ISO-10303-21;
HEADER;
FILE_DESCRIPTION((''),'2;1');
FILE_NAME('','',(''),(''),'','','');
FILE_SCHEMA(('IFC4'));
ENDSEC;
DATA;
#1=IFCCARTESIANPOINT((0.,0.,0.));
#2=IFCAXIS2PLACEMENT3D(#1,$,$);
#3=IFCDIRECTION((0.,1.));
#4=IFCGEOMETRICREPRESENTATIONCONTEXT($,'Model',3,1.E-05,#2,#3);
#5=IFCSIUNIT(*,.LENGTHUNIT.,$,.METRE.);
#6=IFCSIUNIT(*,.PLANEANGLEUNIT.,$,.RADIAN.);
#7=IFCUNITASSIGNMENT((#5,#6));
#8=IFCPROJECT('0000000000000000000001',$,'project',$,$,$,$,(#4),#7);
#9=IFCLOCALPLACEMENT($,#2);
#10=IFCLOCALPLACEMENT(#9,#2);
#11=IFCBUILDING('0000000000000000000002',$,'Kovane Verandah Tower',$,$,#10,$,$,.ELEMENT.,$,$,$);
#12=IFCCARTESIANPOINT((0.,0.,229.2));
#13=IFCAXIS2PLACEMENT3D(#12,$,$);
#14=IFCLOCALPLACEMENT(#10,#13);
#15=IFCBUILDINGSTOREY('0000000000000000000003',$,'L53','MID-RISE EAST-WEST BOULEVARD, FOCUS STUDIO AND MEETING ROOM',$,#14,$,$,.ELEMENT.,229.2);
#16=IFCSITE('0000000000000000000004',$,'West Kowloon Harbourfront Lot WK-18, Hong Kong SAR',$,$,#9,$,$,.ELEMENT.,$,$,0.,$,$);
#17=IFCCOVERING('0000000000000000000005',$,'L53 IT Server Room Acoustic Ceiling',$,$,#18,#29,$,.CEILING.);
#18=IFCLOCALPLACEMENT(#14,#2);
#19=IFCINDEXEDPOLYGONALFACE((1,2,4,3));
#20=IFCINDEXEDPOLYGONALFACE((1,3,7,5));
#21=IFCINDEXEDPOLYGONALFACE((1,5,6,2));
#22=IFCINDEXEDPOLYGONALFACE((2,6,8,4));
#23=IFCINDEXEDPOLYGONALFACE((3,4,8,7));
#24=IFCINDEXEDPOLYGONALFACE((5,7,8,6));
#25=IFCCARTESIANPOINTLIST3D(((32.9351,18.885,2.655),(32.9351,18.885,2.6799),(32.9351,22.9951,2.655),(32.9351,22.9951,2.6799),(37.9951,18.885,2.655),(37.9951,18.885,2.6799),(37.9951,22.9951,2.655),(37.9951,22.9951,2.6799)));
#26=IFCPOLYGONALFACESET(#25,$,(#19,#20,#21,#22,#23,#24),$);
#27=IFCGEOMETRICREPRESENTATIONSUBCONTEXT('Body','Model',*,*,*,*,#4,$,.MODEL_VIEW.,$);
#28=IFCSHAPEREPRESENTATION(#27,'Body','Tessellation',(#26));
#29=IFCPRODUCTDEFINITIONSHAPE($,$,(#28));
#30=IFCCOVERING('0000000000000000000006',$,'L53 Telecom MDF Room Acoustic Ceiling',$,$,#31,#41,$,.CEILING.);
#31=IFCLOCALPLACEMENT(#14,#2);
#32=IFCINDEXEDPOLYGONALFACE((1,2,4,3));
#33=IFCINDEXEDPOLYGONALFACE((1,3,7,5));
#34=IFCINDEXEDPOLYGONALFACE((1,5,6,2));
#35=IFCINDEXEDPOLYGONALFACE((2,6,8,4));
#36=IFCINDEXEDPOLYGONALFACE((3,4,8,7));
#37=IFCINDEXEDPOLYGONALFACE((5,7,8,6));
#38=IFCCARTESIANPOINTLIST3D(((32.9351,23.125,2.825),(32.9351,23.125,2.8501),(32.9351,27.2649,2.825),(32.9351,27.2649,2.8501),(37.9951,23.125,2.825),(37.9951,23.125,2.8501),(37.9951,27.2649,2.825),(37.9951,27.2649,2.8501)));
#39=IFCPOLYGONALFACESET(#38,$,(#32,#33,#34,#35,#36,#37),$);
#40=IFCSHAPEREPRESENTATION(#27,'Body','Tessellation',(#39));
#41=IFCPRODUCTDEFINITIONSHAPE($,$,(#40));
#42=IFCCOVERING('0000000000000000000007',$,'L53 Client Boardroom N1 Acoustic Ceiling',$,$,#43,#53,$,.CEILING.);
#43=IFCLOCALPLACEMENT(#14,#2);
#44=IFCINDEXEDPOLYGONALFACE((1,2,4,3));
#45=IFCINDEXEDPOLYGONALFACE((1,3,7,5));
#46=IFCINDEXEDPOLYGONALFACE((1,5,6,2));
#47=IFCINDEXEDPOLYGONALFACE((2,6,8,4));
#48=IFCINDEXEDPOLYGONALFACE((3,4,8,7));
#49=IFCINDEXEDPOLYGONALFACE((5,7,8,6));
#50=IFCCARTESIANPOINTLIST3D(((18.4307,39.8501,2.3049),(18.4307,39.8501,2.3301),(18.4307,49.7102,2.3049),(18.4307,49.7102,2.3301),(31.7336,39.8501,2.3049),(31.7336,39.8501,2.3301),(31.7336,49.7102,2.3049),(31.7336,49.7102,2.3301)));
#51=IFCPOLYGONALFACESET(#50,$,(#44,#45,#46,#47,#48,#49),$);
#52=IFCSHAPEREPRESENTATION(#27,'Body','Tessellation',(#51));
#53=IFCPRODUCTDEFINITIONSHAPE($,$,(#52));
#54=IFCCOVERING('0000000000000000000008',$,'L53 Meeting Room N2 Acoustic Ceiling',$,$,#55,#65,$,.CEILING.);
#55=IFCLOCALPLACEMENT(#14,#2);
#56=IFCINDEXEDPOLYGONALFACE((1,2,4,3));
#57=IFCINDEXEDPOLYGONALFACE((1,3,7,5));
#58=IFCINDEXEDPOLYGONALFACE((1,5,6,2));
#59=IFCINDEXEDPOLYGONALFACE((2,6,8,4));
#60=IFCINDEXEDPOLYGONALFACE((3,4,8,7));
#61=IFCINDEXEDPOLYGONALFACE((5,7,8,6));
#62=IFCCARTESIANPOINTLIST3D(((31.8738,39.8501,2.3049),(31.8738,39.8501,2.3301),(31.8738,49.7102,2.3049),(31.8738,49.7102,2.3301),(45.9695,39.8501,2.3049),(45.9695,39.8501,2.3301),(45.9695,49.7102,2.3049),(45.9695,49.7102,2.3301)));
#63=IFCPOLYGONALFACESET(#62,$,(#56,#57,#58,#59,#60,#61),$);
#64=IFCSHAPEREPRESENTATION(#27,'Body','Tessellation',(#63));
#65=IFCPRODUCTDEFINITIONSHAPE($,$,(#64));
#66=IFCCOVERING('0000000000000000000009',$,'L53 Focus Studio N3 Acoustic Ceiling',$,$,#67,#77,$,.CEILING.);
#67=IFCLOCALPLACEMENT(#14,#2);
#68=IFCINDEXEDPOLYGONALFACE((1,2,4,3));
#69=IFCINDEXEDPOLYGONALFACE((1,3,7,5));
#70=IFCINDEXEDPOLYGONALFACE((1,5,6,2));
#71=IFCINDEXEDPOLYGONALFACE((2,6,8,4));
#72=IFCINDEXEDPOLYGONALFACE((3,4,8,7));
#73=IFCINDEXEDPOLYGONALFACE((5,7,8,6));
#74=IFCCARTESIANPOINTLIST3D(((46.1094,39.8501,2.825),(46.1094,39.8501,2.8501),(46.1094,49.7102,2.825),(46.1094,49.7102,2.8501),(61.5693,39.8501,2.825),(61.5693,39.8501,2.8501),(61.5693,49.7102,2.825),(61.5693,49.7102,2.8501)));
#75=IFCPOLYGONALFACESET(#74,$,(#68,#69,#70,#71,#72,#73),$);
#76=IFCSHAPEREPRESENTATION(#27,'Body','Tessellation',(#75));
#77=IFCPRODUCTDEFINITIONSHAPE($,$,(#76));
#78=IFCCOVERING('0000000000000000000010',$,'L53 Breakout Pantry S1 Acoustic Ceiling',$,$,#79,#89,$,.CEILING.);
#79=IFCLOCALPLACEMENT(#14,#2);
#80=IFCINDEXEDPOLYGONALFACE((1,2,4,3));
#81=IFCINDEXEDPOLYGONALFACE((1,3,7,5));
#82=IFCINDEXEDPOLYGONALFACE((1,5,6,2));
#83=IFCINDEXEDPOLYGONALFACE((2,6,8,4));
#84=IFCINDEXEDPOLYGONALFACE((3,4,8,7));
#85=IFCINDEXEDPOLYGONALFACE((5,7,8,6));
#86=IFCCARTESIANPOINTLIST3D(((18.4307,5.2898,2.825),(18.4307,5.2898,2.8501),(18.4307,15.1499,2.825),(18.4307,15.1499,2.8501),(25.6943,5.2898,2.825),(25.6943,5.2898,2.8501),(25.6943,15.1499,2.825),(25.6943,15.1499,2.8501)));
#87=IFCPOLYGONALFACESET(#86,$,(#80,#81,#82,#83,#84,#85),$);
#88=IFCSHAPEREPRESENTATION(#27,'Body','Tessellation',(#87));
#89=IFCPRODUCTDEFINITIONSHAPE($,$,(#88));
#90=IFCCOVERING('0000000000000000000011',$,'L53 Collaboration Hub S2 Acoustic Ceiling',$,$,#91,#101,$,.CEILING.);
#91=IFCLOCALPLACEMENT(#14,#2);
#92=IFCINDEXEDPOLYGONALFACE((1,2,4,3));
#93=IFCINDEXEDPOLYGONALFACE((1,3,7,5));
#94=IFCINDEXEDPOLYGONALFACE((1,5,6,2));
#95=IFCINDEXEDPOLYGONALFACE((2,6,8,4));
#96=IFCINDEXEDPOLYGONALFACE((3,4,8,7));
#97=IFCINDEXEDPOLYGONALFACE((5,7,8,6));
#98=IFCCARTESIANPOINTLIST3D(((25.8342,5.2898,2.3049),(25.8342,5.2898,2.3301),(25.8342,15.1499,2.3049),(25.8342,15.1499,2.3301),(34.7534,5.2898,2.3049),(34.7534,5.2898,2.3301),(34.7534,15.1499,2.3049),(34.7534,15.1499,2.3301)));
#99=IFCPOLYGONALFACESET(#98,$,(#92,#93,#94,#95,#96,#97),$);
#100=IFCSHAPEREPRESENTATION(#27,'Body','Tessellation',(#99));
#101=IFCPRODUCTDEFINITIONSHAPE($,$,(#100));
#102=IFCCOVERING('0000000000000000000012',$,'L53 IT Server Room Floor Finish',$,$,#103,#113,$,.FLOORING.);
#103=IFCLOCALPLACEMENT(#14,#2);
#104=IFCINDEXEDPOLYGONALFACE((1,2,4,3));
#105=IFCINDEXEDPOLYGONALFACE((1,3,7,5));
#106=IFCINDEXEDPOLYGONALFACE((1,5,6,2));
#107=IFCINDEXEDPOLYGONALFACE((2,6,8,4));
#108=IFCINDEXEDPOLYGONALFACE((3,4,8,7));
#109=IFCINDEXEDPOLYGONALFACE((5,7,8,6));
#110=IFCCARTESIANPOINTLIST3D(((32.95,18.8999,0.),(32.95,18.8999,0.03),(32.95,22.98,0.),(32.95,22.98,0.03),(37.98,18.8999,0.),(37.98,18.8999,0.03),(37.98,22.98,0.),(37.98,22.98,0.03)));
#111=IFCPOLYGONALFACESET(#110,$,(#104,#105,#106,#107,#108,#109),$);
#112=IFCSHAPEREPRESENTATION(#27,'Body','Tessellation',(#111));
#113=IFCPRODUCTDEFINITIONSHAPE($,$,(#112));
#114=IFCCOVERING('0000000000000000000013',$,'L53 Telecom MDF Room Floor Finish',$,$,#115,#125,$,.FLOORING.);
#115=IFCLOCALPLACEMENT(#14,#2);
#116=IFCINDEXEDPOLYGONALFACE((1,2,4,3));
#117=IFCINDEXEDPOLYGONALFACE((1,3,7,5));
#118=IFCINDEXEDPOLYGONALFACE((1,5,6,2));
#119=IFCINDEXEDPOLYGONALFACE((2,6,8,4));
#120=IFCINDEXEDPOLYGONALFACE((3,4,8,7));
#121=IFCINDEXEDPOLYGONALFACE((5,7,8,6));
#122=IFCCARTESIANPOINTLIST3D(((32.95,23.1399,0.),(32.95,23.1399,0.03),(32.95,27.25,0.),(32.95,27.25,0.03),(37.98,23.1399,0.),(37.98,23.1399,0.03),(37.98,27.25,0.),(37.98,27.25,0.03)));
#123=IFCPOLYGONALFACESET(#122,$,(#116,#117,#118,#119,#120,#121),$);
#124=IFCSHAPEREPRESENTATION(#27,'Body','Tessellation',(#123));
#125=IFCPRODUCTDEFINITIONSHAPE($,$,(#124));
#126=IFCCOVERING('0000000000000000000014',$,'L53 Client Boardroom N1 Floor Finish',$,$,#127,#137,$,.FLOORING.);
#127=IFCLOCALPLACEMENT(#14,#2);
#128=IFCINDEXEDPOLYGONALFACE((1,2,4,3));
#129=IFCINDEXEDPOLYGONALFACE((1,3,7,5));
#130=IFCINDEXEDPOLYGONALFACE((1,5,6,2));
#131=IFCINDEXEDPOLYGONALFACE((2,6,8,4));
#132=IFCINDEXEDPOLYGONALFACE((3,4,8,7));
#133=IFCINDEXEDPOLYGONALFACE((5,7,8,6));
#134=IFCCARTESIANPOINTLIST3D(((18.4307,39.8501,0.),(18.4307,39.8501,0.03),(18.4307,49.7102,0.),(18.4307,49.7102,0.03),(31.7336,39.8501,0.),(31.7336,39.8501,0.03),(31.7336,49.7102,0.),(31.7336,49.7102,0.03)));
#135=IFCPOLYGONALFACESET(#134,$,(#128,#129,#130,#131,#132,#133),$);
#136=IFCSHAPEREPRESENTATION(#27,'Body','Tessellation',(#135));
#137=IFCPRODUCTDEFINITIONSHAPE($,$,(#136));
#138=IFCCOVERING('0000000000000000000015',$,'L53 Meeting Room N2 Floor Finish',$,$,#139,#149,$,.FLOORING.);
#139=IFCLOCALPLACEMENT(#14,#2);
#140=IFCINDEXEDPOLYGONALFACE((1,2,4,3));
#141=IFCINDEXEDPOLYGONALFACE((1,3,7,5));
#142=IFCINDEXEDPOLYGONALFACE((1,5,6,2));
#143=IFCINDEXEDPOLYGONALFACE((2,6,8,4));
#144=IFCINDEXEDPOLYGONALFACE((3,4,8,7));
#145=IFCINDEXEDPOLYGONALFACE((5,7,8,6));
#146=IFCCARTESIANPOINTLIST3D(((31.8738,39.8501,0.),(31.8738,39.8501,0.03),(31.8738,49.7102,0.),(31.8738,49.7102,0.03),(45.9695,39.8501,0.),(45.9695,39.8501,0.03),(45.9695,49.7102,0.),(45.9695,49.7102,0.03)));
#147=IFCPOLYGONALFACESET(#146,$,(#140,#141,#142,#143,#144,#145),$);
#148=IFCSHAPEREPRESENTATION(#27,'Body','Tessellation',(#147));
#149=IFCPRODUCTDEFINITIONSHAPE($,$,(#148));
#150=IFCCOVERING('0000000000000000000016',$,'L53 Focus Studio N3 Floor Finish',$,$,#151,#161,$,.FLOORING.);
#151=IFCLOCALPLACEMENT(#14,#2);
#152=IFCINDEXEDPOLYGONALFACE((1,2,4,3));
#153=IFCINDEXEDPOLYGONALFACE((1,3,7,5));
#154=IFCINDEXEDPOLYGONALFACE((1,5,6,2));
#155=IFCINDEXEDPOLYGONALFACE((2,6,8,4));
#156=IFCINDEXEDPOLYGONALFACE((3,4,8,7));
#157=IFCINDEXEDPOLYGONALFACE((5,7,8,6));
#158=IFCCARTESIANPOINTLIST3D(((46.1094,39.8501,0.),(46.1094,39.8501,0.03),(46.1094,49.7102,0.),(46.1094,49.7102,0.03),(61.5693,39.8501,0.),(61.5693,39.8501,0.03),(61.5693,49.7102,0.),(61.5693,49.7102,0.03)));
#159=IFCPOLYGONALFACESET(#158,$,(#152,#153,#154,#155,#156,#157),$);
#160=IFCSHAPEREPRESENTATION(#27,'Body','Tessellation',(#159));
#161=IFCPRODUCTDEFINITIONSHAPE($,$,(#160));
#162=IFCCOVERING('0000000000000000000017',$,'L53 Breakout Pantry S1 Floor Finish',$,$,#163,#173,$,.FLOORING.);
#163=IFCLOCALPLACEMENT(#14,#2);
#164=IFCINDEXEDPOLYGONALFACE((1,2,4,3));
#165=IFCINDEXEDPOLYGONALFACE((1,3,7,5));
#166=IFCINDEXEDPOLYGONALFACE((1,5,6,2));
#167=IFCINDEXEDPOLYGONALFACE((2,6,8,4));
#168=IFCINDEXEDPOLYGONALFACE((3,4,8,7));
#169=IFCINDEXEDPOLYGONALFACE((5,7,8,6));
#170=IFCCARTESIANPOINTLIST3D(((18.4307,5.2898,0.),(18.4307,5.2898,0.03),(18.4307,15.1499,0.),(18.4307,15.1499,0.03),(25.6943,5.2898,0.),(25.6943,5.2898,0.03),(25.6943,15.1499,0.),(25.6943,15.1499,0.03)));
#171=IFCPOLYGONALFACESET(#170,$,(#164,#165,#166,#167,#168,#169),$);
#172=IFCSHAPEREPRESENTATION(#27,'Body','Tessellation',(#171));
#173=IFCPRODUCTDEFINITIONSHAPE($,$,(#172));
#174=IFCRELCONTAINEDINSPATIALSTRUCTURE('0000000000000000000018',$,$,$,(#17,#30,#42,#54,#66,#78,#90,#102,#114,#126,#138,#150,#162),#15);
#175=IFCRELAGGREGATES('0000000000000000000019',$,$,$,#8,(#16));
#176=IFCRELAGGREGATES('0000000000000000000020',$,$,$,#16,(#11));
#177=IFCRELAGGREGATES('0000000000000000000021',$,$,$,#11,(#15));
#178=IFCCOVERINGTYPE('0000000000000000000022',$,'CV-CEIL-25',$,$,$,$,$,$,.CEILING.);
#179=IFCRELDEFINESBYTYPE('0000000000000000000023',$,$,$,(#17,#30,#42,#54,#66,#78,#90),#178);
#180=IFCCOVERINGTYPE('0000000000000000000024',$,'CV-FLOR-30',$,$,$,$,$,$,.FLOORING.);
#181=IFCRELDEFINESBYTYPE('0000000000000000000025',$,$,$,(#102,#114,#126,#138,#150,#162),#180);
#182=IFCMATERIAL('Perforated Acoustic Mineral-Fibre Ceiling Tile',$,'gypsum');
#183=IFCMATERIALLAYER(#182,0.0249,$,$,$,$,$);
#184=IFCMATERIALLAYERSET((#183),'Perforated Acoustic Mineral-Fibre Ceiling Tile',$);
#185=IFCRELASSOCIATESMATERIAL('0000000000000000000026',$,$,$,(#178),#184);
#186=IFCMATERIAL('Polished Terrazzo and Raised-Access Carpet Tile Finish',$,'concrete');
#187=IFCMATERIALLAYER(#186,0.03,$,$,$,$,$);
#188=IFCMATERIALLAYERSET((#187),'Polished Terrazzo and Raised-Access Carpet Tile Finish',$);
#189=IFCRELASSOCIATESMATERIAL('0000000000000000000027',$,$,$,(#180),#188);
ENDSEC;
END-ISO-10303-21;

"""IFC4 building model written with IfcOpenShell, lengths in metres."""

from ifc_helpers import new_model, si_unit, direction, frame, origin, place, context, subcontext, project, spatial, polyline, outline, extrude, material, layer, layer_set, type_object, element, save


model = new_model("IFC4")

# Units and contexts
model_context = context("Model", 3, precision=1e-05, world=origin(), true_north=direction((0.0, 1.0)))
body_context = subcontext(model_context, "Body", "Model", "MODEL_VIEW")
ifc_project = project(units=[si_unit("LENGTHUNIT", "METRE"), si_unit("PLANEANGLEUNIT", "RADIAN")], contexts=[model_context])

# Site, building, storey
site_placement = place(None, origin())
site = spatial("IfcSite", under=ifc_project, at=site_placement, Name="West Kowloon Harbourfront Lot WK-18, Hong Kong SAR", CompositionType="ELEMENT", RefElevation=0.0)
building_placement = place(site_placement, origin())
building = spatial("IfcBuilding", under=site, at=building_placement, Name="Kovane Verandah Tower", CompositionType="ELEMENT")
storey_placement = place(building_placement, frame((0.0, 0.0, 229.2)))
storey = spatial("IfcBuildingStorey", under=building, at=storey_placement, Name="L53", Description="MID-RISE EAST-WEST BOULEVARD, FOCUS STUDIO AND MEETING ROOM", CompositionType="ELEMENT", Elevation=229.2)

# Coverings
ifc_material_1 = material(Name="Perforated Acoustic Mineral-Fibre Ceiling Tile", Category="gypsum")
ifc_layer_1 = layer(ifc_material_1, 0.0249)
ifc_layer_set_1 = layer_set([ifc_layer_1], Name="Perforated Acoustic Mineral-Fibre Ceiling Tile")
covering_type_1 = type_object("IfcCoveringType", Name="CV-CEIL-25", PredefinedType="CEILING", material=ifc_layer_set_1)
covering_1_placement = place(storey_placement, frame((0.0, 0.0, 2.655)))
element("IfcCovering", 1, at=covering_1_placement, inside=storey, type_object=covering_type_1, Name="L53 IT Server Room Acoustic Ceiling", PredefinedType="CEILING", context=body_context, shape_type="SweptSolid", body=[
    extrude(outline(polyline([(32.9351, 18.885), (37.9951, 18.885), (37.9951, 22.9951), (32.9351, 22.9951), (32.9351, 18.885)])), origin(), (0.0, 0.0, 1.0), 0.0249),
])
covering_2_placement = place(storey_placement, frame((0.0, 0.0, 2.825)))
element("IfcCovering", 2, at=covering_2_placement, inside=storey, type_object=covering_type_1, Name="L53 Telecom MDF Room Acoustic Ceiling", PredefinedType="CEILING", context=body_context, shape_type="SweptSolid", body=[
    extrude(outline(polyline([(32.9351, 23.125), (37.9951, 23.125), (37.9951, 27.2649), (32.9351, 27.2649), (32.9351, 23.125)])), origin(), (0.0, 0.0, 1.0), 0.0251),
])
covering_3_placement = place(storey_placement, frame((0.0, 0.0, 2.3049)))
element("IfcCovering", 3, at=covering_3_placement, inside=storey, type_object=covering_type_1, Name="L53 Client Boardroom N1 Acoustic Ceiling", PredefinedType="CEILING", context=body_context, shape_type="SweptSolid", body=[
    extrude(outline(polyline([(18.4307, 39.8501), (31.7336, 39.8501), (31.7336, 49.7102), (18.4307, 49.7102), (18.4307, 39.8501)])), origin(), (0.0, 0.0, 1.0), 0.0251),
])
covering_4_placement = place(storey_placement, frame((0.0, 0.0, 2.3049)))
element("IfcCovering", 4, at=covering_4_placement, inside=storey, type_object=covering_type_1, Name="L53 Meeting Room N2 Acoustic Ceiling", PredefinedType="CEILING", context=body_context, shape_type="SweptSolid", body=[
    extrude(outline(polyline([(31.8738, 39.8501), (45.9695, 39.8501), (45.9695, 49.7102), (31.8738, 49.7102), (31.8738, 39.8501)])), origin(), (0.0, 0.0, 1.0), 0.0251),
])
covering_5_placement = place(storey_placement, frame((0.0, 0.0, 2.825)))
element("IfcCovering", 5, at=covering_5_placement, inside=storey, type_object=covering_type_1, Name="L53 Focus Studio N3 Acoustic Ceiling", PredefinedType="CEILING", context=body_context, shape_type="SweptSolid", body=[
    extrude(outline(polyline([(46.1094, 39.8501), (61.5693, 39.8501), (61.5693, 49.7102), (46.1094, 49.7102), (46.1094, 39.8501)])), origin(), (0.0, 0.0, 1.0), 0.0251),
])
covering_6_placement = place(storey_placement, frame((0.0, 0.0, 2.825)))
element("IfcCovering", 6, at=covering_6_placement, inside=storey, type_object=covering_type_1, Name="L53 Breakout Pantry S1 Acoustic Ceiling", PredefinedType="CEILING", context=body_context, shape_type="SweptSolid", body=[
    extrude(outline(polyline([(18.4307, 5.2898), (25.6943, 5.2898), (25.6943, 15.1499), (18.4307, 15.1499), (18.4307, 5.2898)])), origin(), (0.0, 0.0, 1.0), 0.0251),
])
covering_7_placement = place(storey_placement, frame((0.0, 0.0, 2.3049)))
element("IfcCovering", 7, at=covering_7_placement, inside=storey, type_object=covering_type_1, Name="L53 Collaboration Hub S2 Acoustic Ceiling", PredefinedType="CEILING", context=body_context, shape_type="SweptSolid", body=[
    extrude(outline(polyline([(25.8342, 5.2898), (34.7534, 5.2898), (34.7534, 15.1499), (25.8342, 15.1499), (25.8342, 5.2898)])), origin(), (0.0, 0.0, 1.0), 0.0251),
])
ifc_material_2 = material(Name="Polished Terrazzo and Raised-Access Carpet Tile Finish", Category="concrete")
ifc_layer_2 = layer(ifc_material_2, 0.03)
ifc_layer_set_2 = layer_set([ifc_layer_2], Name="Polished Terrazzo and Raised-Access Carpet Tile Finish")
covering_type_2 = type_object("IfcCoveringType", Name="CV-FLOR-30", PredefinedType="FLOORING", material=ifc_layer_set_2)
covering_8_placement = place(storey_placement, origin())
element("IfcCovering", 8, at=covering_8_placement, inside=storey, type_object=covering_type_2, Name="L53 IT Server Room Floor Finish", PredefinedType="FLOORING", context=body_context, shape_type="SweptSolid", body=[
    extrude(outline(polyline([(32.95, 18.8999), (37.98, 18.8999), (37.98, 22.98), (32.95, 22.98), (32.95, 18.8999)])), origin(), (0.0, 0.0, 1.0), 0.03),
])
covering_9_placement = place(storey_placement, origin())
element("IfcCovering", 9, at=covering_9_placement, inside=storey, type_object=covering_type_2, Name="L53 Telecom MDF Room Floor Finish", PredefinedType="FLOORING", context=body_context, shape_type="SweptSolid", body=[
    extrude(outline(polyline([(32.95, 23.1399), (37.98, 23.1399), (37.98, 27.25), (32.95, 27.25), (32.95, 23.1399)])), origin(), (0.0, 0.0, 1.0), 0.03),
])
covering_10_placement = place(storey_placement, origin())
element("IfcCovering", 10, at=covering_10_placement, inside=storey, type_object=covering_type_2, Name="L53 Client Boardroom N1 Floor Finish", PredefinedType="FLOORING", context=body_context, shape_type="SweptSolid", body=[
    extrude(outline(polyline([(18.4307, 39.8501), (31.7336, 39.8501), (31.7336, 49.7102), (18.4307, 49.7102), (18.4307, 39.8501)])), origin(), (0.0, 0.0, 1.0), 0.03),
])
covering_11_placement = place(storey_placement, origin())
element("IfcCovering", 11, at=covering_11_placement, inside=storey, type_object=covering_type_2, Name="L53 Meeting Room N2 Floor Finish", PredefinedType="FLOORING", context=body_context, shape_type="SweptSolid", body=[
    extrude(outline(polyline([(31.8738, 39.8501), (45.9695, 39.8501), (45.9695, 49.7102), (31.8738, 49.7102), (31.8738, 39.8501)])), origin(), (0.0, 0.0, 1.0), 0.03),
])
covering_12_placement = place(storey_placement, origin())
element("IfcCovering", 12, at=covering_12_placement, inside=storey, type_object=covering_type_2, Name="L53 Focus Studio N3 Floor Finish", PredefinedType="FLOORING", context=body_context, shape_type="SweptSolid", body=[
    extrude(outline(polyline([(46.1094, 39.8501), (61.5693, 39.8501), (61.5693, 49.7102), (46.1094, 49.7102), (46.1094, 39.8501)])), origin(), (0.0, 0.0, 1.0), 0.03),
])
covering_13_placement = place(storey_placement, origin())
element("IfcCovering", 13, at=covering_13_placement, inside=storey, type_object=covering_type_2, Name="L53 Breakout Pantry S1 Floor Finish", PredefinedType="FLOORING", context=body_context, shape_type="SweptSolid", body=[
    extrude(outline(polyline([(18.4307, 5.2898), (25.6943, 5.2898), (25.6943, 15.1499), (18.4307, 15.1499), (18.4307, 5.2898)])), origin(), (0.0, 0.0, 1.0), 0.03),
])

save(model, "model.ifc")
